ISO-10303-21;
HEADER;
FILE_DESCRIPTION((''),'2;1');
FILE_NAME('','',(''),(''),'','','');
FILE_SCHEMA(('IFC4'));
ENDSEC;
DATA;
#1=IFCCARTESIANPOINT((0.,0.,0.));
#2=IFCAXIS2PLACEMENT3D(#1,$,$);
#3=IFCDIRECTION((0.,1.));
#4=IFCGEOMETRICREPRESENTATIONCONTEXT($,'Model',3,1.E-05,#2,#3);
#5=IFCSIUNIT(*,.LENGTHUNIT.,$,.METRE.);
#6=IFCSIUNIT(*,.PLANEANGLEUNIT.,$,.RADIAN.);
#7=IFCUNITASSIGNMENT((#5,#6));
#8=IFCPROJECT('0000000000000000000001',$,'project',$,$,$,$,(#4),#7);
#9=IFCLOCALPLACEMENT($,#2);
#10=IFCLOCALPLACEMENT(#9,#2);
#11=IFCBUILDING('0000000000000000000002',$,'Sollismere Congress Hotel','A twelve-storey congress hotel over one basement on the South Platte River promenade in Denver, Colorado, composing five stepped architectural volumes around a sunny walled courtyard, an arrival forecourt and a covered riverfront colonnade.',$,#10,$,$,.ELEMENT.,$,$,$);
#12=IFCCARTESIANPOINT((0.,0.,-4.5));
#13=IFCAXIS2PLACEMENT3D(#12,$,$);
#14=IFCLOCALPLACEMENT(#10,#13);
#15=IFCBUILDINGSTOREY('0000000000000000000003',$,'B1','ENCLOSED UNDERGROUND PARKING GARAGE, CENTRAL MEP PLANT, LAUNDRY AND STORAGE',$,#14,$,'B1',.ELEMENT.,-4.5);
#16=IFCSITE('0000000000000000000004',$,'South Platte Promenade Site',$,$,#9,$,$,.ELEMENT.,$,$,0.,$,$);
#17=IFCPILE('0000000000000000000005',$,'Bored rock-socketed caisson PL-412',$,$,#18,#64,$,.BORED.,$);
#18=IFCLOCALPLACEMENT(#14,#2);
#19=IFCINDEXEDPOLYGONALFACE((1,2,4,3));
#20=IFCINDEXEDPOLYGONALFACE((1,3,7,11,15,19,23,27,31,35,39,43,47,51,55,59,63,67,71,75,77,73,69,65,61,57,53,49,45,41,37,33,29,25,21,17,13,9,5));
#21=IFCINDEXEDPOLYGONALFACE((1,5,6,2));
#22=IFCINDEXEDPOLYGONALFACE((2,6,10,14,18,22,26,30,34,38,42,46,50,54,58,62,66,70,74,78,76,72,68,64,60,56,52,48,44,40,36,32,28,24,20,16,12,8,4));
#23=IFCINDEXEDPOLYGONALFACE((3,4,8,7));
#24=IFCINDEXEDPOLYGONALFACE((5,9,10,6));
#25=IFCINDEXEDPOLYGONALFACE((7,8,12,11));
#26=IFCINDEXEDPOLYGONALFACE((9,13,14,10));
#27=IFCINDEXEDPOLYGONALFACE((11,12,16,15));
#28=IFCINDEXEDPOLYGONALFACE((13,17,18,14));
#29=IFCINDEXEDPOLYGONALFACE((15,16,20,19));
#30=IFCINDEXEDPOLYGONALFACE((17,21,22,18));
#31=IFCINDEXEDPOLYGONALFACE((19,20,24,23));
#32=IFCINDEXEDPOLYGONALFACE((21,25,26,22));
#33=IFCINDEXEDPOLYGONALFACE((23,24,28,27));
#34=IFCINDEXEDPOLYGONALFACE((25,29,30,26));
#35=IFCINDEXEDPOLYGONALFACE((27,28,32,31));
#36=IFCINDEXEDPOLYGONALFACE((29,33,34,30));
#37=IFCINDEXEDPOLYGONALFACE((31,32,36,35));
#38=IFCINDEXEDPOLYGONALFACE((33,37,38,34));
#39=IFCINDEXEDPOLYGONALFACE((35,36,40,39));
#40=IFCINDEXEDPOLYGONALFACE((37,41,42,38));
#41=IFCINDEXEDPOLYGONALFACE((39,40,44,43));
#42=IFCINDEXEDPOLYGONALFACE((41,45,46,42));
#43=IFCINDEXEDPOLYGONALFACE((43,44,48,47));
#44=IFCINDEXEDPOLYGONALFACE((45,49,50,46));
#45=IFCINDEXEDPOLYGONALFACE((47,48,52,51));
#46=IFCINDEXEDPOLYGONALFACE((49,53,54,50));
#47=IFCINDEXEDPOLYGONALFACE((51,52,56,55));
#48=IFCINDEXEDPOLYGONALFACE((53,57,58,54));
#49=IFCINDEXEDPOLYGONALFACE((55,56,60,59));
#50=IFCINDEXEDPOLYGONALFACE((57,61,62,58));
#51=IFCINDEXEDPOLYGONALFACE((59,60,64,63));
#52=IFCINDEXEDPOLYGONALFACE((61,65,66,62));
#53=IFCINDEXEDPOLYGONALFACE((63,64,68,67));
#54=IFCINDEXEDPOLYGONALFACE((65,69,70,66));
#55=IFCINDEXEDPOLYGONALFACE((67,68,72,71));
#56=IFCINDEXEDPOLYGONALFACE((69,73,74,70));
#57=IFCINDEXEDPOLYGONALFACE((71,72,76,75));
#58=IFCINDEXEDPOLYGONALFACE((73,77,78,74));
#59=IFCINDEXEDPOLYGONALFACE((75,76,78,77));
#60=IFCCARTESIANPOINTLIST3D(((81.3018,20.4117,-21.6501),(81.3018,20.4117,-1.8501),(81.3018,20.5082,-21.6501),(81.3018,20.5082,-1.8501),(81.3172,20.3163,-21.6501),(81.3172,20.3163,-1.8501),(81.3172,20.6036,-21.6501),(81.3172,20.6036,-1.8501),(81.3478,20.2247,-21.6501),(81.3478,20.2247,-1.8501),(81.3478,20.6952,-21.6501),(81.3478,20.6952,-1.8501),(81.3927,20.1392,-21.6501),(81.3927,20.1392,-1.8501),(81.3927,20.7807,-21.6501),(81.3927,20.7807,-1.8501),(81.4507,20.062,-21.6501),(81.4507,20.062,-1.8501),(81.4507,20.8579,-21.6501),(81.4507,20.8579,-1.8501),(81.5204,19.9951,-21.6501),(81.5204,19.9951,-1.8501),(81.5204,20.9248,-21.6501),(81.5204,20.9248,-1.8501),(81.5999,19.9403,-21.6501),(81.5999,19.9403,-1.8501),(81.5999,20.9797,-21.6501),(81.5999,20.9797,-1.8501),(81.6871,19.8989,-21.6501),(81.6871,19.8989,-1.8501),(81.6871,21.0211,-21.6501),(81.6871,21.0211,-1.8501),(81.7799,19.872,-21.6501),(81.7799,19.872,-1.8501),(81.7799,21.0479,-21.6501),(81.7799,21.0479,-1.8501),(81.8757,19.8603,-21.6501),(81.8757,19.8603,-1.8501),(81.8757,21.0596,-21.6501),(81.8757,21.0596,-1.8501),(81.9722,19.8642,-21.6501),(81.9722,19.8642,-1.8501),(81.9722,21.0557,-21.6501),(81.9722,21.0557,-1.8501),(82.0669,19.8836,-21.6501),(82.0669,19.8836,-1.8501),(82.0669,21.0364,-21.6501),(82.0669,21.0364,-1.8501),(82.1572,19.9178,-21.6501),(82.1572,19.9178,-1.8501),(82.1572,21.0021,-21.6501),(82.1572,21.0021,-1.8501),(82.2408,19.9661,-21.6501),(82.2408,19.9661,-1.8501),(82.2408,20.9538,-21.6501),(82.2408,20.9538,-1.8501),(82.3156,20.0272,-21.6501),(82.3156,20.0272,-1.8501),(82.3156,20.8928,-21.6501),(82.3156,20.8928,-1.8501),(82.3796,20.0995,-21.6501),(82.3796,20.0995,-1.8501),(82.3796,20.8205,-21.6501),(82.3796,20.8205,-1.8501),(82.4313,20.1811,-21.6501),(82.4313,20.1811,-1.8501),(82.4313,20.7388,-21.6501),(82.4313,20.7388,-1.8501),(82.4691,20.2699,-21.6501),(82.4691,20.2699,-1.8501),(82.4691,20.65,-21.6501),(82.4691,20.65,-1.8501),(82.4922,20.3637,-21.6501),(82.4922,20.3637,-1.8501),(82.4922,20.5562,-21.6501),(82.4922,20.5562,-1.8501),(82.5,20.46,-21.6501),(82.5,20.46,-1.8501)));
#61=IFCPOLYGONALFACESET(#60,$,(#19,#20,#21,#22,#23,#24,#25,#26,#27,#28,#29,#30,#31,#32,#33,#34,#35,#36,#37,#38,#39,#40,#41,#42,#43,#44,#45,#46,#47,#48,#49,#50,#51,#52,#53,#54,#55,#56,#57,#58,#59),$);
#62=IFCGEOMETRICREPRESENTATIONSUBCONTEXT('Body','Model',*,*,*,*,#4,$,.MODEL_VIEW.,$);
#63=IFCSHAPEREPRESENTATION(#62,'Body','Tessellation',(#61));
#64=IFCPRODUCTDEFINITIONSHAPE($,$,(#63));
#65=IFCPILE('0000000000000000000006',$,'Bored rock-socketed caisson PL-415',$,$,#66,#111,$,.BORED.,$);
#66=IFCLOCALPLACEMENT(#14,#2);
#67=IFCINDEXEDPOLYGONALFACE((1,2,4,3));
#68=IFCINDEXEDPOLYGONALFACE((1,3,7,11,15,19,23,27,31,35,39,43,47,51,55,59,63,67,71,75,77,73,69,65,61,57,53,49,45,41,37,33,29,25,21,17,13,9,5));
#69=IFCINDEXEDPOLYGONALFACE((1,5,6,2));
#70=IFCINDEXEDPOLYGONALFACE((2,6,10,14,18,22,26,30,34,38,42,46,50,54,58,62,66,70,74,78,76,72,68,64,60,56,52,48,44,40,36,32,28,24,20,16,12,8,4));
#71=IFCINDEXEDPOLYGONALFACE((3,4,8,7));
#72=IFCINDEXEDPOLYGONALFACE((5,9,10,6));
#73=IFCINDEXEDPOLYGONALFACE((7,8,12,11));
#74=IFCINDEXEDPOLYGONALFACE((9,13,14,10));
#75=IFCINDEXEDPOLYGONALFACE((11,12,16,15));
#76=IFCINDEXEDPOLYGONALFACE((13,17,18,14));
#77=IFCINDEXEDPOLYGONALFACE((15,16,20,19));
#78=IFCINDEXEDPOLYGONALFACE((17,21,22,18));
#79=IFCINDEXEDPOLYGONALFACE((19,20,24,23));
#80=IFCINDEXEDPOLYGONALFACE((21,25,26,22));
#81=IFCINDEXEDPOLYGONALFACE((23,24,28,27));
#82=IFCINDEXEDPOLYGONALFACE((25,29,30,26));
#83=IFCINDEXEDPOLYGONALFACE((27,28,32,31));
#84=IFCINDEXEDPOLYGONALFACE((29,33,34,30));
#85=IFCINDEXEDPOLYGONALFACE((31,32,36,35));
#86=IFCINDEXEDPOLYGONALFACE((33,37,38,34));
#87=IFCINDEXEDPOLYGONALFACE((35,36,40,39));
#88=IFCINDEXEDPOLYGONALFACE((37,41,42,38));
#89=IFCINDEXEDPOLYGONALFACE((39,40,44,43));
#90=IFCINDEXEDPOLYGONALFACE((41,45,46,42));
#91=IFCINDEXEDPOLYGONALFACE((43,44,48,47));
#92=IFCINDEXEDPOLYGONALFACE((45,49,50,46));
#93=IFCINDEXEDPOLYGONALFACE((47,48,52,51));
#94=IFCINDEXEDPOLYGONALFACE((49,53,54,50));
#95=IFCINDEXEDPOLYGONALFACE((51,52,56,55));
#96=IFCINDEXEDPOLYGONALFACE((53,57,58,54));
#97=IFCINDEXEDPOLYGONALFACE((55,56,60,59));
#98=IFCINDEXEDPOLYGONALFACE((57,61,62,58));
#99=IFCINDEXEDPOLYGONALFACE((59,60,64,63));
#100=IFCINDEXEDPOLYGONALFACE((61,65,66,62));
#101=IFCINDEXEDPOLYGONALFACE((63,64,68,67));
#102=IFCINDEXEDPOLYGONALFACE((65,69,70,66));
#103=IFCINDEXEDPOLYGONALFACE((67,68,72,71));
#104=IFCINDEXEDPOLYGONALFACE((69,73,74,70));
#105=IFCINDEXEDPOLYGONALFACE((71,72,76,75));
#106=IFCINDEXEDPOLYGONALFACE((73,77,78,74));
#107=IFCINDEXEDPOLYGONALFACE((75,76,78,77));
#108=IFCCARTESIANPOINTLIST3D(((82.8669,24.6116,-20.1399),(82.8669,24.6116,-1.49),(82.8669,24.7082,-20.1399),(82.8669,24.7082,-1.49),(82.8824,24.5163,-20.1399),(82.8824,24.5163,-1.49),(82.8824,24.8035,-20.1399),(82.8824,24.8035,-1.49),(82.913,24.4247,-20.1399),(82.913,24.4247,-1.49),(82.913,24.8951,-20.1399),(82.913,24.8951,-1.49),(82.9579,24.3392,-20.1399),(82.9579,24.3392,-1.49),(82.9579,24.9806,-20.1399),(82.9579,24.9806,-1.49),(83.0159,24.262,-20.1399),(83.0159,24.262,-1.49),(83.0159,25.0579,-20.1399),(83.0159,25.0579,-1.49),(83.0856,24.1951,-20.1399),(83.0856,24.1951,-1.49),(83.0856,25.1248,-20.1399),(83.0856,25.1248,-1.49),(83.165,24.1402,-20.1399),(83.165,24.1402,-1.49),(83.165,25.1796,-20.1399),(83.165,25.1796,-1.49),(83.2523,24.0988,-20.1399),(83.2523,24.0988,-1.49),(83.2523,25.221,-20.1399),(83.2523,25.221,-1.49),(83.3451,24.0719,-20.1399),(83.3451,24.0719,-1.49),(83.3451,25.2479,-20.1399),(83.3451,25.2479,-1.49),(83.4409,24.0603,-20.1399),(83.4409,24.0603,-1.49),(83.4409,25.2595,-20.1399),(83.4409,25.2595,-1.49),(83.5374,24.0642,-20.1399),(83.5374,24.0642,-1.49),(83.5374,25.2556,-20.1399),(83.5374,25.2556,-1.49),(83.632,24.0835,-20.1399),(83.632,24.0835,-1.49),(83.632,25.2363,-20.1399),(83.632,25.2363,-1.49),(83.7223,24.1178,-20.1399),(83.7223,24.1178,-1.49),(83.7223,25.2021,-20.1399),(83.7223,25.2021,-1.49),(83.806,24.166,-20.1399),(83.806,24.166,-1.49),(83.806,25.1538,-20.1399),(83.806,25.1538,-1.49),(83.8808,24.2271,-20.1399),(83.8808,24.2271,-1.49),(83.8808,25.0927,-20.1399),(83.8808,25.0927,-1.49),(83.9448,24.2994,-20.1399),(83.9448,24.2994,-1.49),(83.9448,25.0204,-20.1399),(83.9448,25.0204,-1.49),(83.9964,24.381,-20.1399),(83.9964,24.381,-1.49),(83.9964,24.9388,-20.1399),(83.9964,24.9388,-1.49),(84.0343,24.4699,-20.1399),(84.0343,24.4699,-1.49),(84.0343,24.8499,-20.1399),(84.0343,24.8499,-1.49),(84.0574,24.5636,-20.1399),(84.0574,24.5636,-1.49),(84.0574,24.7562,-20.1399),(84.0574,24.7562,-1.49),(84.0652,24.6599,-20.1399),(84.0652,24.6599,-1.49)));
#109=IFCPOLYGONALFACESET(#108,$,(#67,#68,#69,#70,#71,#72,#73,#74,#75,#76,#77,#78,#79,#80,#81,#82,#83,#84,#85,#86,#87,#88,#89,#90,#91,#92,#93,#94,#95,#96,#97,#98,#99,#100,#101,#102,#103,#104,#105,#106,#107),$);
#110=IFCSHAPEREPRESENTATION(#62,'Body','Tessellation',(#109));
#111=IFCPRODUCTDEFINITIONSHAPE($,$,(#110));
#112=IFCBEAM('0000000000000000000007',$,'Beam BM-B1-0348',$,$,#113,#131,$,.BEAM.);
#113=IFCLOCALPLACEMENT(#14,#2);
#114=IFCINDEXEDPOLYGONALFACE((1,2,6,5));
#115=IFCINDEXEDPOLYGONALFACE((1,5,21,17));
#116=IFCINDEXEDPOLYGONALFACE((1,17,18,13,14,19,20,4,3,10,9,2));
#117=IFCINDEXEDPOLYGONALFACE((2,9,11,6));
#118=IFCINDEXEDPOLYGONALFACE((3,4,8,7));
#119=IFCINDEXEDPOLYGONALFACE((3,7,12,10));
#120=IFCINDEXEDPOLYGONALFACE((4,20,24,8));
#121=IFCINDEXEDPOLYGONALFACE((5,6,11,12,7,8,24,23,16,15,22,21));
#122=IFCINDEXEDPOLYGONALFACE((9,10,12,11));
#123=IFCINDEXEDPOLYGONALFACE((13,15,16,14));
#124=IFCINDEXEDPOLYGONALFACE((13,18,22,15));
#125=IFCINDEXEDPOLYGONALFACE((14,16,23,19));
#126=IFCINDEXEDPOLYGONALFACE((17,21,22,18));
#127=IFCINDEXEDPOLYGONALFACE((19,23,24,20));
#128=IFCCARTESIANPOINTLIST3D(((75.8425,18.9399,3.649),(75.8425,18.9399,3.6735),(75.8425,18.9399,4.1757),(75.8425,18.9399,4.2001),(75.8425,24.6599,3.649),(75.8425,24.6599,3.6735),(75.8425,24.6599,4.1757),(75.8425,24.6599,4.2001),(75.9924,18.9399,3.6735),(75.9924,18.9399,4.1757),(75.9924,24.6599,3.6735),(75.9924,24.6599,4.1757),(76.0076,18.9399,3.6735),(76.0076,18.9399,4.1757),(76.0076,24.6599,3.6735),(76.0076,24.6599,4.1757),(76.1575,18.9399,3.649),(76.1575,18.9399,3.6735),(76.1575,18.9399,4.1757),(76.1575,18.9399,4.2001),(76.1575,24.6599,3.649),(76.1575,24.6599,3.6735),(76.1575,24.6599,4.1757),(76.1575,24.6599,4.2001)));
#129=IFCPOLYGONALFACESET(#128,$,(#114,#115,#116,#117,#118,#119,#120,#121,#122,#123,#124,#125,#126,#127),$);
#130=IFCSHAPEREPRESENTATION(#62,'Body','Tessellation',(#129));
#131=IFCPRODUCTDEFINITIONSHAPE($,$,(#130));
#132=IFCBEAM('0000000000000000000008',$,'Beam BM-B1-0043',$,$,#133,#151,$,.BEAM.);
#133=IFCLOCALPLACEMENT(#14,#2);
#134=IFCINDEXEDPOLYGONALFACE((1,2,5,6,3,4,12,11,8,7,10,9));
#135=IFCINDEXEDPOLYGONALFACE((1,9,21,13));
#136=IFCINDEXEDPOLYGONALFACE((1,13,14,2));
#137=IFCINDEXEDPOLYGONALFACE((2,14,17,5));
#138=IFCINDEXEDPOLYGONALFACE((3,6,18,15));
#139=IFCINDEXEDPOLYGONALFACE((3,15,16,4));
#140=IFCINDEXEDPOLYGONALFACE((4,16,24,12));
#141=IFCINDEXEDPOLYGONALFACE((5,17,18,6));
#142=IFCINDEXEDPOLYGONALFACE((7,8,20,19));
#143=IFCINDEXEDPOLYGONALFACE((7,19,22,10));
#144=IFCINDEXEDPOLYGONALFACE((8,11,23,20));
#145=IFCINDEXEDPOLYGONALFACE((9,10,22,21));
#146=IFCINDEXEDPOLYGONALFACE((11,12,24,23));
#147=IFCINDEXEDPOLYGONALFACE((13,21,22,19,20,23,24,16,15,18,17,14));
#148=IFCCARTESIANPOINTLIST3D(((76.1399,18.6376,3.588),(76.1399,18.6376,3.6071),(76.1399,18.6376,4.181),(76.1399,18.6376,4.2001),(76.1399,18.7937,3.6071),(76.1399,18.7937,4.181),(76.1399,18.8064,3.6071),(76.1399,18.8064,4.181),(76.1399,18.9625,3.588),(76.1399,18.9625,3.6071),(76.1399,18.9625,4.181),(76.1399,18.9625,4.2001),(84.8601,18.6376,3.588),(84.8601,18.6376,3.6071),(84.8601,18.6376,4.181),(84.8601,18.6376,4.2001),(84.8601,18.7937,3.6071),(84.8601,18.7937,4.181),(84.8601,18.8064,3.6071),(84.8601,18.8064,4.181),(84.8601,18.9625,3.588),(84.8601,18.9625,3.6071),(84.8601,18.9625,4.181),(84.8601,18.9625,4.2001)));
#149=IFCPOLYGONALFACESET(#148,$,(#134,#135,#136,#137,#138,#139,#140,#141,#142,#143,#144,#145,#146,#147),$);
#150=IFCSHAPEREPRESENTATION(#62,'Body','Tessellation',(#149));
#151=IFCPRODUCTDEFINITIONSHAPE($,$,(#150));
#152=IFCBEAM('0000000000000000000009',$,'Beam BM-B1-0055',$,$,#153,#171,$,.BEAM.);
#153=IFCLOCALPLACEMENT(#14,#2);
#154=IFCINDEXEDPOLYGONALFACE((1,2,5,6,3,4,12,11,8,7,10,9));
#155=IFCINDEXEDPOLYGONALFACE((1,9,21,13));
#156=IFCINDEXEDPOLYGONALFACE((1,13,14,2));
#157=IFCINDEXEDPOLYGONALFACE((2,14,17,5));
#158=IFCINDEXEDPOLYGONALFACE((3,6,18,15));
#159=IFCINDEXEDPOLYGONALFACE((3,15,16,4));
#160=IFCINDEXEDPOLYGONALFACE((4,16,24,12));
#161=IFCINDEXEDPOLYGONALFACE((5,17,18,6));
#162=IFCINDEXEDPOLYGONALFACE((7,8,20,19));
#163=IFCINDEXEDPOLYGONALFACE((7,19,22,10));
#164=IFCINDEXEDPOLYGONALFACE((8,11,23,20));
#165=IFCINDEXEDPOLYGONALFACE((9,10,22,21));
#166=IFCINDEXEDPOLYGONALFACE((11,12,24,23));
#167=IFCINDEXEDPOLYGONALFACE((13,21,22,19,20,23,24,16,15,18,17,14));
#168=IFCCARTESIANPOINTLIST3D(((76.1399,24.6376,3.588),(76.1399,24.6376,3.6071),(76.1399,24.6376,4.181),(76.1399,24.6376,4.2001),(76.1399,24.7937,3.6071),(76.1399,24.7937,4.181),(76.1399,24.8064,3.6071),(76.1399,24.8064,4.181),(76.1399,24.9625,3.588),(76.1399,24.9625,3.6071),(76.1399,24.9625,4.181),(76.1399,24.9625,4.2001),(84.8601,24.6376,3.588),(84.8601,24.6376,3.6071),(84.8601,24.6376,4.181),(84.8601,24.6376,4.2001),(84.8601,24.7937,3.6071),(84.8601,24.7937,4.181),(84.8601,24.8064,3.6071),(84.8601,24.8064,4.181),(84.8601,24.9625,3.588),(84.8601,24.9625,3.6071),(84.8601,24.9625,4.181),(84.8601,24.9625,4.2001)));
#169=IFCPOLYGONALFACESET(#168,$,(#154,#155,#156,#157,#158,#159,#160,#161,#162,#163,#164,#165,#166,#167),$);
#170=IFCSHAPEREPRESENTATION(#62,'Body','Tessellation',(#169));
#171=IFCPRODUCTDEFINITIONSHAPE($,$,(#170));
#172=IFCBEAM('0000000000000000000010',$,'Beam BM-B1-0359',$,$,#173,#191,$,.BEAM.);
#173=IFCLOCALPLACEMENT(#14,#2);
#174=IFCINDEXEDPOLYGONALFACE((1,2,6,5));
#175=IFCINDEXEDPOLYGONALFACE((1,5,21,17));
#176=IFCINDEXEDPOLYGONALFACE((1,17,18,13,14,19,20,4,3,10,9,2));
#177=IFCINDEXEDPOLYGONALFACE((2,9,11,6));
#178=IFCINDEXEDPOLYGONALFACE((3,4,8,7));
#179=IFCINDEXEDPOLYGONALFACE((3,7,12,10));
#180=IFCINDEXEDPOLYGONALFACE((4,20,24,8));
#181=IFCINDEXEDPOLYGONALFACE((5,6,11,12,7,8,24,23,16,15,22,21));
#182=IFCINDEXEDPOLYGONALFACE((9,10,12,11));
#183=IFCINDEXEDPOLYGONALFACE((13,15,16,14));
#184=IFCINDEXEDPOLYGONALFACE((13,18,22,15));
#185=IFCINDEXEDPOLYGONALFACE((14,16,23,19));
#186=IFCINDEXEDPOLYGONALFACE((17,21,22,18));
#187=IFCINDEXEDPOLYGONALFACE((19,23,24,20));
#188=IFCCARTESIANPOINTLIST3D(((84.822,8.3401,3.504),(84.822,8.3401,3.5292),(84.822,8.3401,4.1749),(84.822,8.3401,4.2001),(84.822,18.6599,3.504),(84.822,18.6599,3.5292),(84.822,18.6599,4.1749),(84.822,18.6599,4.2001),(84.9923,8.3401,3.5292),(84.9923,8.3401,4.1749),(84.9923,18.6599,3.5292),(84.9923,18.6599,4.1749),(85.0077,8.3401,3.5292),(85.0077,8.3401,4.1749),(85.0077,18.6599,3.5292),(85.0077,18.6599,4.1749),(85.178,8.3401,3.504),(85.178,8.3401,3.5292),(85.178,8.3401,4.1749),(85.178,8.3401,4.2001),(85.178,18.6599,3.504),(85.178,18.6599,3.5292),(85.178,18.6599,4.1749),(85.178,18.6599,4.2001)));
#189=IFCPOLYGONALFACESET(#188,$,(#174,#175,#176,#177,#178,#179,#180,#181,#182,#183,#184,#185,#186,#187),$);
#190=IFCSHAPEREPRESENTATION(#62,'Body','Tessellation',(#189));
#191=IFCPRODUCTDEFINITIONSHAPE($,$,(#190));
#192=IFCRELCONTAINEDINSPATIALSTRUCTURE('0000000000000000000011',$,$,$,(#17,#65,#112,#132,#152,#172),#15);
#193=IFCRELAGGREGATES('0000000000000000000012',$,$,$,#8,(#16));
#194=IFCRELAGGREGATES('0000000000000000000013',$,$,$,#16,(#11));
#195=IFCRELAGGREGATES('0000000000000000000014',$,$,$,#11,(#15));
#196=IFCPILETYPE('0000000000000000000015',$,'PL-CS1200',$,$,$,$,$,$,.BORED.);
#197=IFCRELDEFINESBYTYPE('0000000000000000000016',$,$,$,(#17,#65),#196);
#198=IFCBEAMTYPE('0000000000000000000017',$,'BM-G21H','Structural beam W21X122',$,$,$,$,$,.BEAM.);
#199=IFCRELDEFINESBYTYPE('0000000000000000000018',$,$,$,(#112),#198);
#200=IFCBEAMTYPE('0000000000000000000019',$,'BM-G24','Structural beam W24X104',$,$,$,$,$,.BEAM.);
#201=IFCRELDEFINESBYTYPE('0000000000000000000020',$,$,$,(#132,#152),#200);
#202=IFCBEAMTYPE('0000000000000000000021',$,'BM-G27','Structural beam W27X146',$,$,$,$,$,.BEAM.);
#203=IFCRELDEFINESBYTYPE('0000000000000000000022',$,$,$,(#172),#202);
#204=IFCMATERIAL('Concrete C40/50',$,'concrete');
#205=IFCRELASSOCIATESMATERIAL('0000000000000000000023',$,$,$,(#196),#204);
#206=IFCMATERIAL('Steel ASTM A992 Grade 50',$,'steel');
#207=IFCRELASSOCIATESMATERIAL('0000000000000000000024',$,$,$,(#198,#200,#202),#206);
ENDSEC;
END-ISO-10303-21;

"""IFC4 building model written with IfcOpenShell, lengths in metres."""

from ifc_helpers import new_model, si_unit, direction, frame, origin, origin_2d, place, context, subcontext, project, spatial, circle, i_section, extrude, material, material_profile, profile_set, type_object, element, save


model = new_model("IFC4")

# Units and contexts
model_context = context("Model", 3, precision=1e-05, world=origin(), true_north=direction((0.0, 1.0)))
body_context = subcontext(model_context, "Body", "Model", "MODEL_VIEW")
ifc_project = project(units=[si_unit("LENGTHUNIT", "METRE"), si_unit("PLANEANGLEUNIT", "RADIAN")], contexts=[model_context])

# Site, building, storey
site_placement = place(None, origin())
site = spatial("IfcSite", under=ifc_project, at=site_placement, Name="South Platte Promenade Site", CompositionType="ELEMENT", RefElevation=0.0)
building_placement = place(site_placement, origin())
building = spatial("IfcBuilding", under=site, at=building_placement, Name="Sollismere Congress Hotel", Description="A twelve-storey congress hotel over one basement on the South Platte River promenade in Denver, Colorado, composing five stepped architectural volumes around a sunny walled courtyard, an arrival forecourt and a covered riverfront colonnade.", CompositionType="ELEMENT")
storey_placement = place(building_placement, frame((0.0, 0.0, -4.5)))
storey = spatial("IfcBuildingStorey", under=building, at=storey_placement, Name="B1", Description="ENCLOSED UNDERGROUND PARKING GARAGE, CENTRAL MEP PLANT, LAUNDRY AND STORAGE", LongName="B1", CompositionType="ELEMENT", Elevation=-4.5)

# Shared definitions
ifc_material_1 = material(Name="Concrete C40/50", Category="concrete")

# Piles
ifc_material_profile_1 = material_profile(ifc_material_1, circle(Radius=0.6001, at=origin_2d()), Name="CAISSON1200")
ifc_profile_set_1 = profile_set([ifc_material_profile_1], Name="Concrete C40/50")
pile_type = type_object("IfcPileType", Name="PL-CS1200", PredefinedType="BORED", material=ifc_profile_set_1)
for number, where, z_axis, x_axis, name in (
    (1, (81.8999, 20.46, -1.8501), (0.0, 0.0, -1.0), (1.0, 0.0, 0.0), "Bored rock-socketed caisson PL-412"),
):
    element("IfcPile", number, at=place(storey_placement, frame(where, z_axis=z_axis, x_axis=x_axis)), inside=storey, type_object=pile_type, Name=name, PredefinedType="BORED", context=body_context, shape_type="SweptSolid", body=[
        extrude(circle(Radius=0.6001, at=origin_2d()), origin(), (0.0, 0.0, 1.0), 19.8),
    ])
pile_1_placement = place(storey_placement, frame((83.4651, 24.6599, -1.49), z_axis=(0.0, 0.0, -1.0), x_axis=(1.0, 0.0, 0.0)))
element("IfcPile", 2, at=pile_1_placement, inside=storey, type_object=pile_type, Name="Bored rock-socketed caisson PL-415", PredefinedType="BORED", context=body_context, shape_type="SweptSolid", body=[
    extrude(circle(Radius=0.6001, at=origin_2d()), origin(), (0.0, 0.0, 1.0), 18.6499),
])

# Beams
ifc_material_2 = material(Name="Steel ASTM A992 Grade 50", Category="steel")
ifc_material_profile_2 = material_profile(ifc_material_2, i_section(OverallWidth=0.3149, OverallDepth=0.551, WebThickness=0.0151, FlangeThickness=0.0244, at=origin_2d()), Name="W21X122")
ifc_profile_set_2 = profile_set([ifc_material_profile_2], Name="Steel ASTM A992 Grade 50")
beam_type_1 = type_object("IfcBeamType", Name="BM-G21H", Description="Structural beam W21X122", PredefinedType="BEAM", material=ifc_profile_set_2)
beam_1_placement = place(storey_placement, frame((76.0, 18.9399, 3.9246), z_axis=(0.0, 1.0, 0.0), x_axis=(-1.0, 0.0, 0.0)))
element("IfcBeam", 3, at=beam_1_placement, inside=storey, type_object=beam_type_1, Name="Beam BM-B1-0348", PredefinedType="BEAM", context=body_context, shape_type="SweptSolid", body=[
    extrude(i_section(OverallWidth=0.3149, OverallDepth=0.551, WebThickness=0.0151, FlangeThickness=0.0244, at=origin_2d()), origin(), (0.0, 0.0, 1.0), 5.72),
])
ifc_material_profile_3 = material_profile(ifc_material_2, i_section(OverallWidth=0.325, OverallDepth=0.6121, WebThickness=0.0127, FlangeThickness=0.019, at=origin_2d()), Name="W24X104")
ifc_profile_set_3 = profile_set([ifc_material_profile_3], Name="Steel ASTM A992 Grade 50")
beam_type_2 = type_object("IfcBeamType", Name="BM-G24", Description="Structural beam W24X104", PredefinedType="BEAM", material=ifc_profile_set_3)
for number, where, z_axis, x_axis, name in (
    (4, (76.1399, 18.8, 3.894), (1.0, 0.0, 0.0), (0.0, 1.0, 0.0), "Beam BM-B1-0043"),
    (5, (76.1399, 24.8, 3.894), (1.0, 0.0, 0.0), (0.0, 1.0, 0.0), "Beam BM-B1-0055"),
):
    element("IfcBeam", number, at=place(storey_placement, frame(where, z_axis=z_axis, x_axis=x_axis)), inside=storey, type_object=beam_type_2, Name=name, PredefinedType="BEAM", context=body_context, shape_type="SweptSolid", body=[
        extrude(i_section(OverallWidth=0.325, OverallDepth=0.6121, WebThickness=0.0127, FlangeThickness=0.019, at=origin_2d()), origin(), (0.0, 0.0, 1.0), 8.7202),
    ])
ifc_material_profile_4 = material_profile(ifc_material_2, i_section(OverallWidth=0.356, OverallDepth=0.696, WebThickness=0.0154, FlangeThickness=0.0251, at=origin_2d()), Name="W27X146")
ifc_profile_set_4 = profile_set([ifc_material_profile_4], Name="Steel ASTM A992 Grade 50")
beam_type_3 = type_object("IfcBeamType", Name="BM-G27", Description="Structural beam W27X146", PredefinedType="BEAM", material=ifc_profile_set_4)
beam_2_placement = place(storey_placement, frame((85.0, 8.3401, 3.8521), z_axis=(0.0, 1.0, 0.0), x_axis=(-1.0, 0.0, 0.0)))
element("IfcBeam", 6, at=beam_2_placement, inside=storey, type_object=beam_type_3, Name="Beam BM-B1-0359", PredefinedType="BEAM", context=body_context, shape_type="SweptSolid", body=[
    extrude(i_section(OverallWidth=0.356, OverallDepth=0.696, WebThickness=0.0154, FlangeThickness=0.0251, at=origin_2d()), origin(), (0.0, 0.0, 1.0), 10.3198),
])

save(model, "model.ifc")
